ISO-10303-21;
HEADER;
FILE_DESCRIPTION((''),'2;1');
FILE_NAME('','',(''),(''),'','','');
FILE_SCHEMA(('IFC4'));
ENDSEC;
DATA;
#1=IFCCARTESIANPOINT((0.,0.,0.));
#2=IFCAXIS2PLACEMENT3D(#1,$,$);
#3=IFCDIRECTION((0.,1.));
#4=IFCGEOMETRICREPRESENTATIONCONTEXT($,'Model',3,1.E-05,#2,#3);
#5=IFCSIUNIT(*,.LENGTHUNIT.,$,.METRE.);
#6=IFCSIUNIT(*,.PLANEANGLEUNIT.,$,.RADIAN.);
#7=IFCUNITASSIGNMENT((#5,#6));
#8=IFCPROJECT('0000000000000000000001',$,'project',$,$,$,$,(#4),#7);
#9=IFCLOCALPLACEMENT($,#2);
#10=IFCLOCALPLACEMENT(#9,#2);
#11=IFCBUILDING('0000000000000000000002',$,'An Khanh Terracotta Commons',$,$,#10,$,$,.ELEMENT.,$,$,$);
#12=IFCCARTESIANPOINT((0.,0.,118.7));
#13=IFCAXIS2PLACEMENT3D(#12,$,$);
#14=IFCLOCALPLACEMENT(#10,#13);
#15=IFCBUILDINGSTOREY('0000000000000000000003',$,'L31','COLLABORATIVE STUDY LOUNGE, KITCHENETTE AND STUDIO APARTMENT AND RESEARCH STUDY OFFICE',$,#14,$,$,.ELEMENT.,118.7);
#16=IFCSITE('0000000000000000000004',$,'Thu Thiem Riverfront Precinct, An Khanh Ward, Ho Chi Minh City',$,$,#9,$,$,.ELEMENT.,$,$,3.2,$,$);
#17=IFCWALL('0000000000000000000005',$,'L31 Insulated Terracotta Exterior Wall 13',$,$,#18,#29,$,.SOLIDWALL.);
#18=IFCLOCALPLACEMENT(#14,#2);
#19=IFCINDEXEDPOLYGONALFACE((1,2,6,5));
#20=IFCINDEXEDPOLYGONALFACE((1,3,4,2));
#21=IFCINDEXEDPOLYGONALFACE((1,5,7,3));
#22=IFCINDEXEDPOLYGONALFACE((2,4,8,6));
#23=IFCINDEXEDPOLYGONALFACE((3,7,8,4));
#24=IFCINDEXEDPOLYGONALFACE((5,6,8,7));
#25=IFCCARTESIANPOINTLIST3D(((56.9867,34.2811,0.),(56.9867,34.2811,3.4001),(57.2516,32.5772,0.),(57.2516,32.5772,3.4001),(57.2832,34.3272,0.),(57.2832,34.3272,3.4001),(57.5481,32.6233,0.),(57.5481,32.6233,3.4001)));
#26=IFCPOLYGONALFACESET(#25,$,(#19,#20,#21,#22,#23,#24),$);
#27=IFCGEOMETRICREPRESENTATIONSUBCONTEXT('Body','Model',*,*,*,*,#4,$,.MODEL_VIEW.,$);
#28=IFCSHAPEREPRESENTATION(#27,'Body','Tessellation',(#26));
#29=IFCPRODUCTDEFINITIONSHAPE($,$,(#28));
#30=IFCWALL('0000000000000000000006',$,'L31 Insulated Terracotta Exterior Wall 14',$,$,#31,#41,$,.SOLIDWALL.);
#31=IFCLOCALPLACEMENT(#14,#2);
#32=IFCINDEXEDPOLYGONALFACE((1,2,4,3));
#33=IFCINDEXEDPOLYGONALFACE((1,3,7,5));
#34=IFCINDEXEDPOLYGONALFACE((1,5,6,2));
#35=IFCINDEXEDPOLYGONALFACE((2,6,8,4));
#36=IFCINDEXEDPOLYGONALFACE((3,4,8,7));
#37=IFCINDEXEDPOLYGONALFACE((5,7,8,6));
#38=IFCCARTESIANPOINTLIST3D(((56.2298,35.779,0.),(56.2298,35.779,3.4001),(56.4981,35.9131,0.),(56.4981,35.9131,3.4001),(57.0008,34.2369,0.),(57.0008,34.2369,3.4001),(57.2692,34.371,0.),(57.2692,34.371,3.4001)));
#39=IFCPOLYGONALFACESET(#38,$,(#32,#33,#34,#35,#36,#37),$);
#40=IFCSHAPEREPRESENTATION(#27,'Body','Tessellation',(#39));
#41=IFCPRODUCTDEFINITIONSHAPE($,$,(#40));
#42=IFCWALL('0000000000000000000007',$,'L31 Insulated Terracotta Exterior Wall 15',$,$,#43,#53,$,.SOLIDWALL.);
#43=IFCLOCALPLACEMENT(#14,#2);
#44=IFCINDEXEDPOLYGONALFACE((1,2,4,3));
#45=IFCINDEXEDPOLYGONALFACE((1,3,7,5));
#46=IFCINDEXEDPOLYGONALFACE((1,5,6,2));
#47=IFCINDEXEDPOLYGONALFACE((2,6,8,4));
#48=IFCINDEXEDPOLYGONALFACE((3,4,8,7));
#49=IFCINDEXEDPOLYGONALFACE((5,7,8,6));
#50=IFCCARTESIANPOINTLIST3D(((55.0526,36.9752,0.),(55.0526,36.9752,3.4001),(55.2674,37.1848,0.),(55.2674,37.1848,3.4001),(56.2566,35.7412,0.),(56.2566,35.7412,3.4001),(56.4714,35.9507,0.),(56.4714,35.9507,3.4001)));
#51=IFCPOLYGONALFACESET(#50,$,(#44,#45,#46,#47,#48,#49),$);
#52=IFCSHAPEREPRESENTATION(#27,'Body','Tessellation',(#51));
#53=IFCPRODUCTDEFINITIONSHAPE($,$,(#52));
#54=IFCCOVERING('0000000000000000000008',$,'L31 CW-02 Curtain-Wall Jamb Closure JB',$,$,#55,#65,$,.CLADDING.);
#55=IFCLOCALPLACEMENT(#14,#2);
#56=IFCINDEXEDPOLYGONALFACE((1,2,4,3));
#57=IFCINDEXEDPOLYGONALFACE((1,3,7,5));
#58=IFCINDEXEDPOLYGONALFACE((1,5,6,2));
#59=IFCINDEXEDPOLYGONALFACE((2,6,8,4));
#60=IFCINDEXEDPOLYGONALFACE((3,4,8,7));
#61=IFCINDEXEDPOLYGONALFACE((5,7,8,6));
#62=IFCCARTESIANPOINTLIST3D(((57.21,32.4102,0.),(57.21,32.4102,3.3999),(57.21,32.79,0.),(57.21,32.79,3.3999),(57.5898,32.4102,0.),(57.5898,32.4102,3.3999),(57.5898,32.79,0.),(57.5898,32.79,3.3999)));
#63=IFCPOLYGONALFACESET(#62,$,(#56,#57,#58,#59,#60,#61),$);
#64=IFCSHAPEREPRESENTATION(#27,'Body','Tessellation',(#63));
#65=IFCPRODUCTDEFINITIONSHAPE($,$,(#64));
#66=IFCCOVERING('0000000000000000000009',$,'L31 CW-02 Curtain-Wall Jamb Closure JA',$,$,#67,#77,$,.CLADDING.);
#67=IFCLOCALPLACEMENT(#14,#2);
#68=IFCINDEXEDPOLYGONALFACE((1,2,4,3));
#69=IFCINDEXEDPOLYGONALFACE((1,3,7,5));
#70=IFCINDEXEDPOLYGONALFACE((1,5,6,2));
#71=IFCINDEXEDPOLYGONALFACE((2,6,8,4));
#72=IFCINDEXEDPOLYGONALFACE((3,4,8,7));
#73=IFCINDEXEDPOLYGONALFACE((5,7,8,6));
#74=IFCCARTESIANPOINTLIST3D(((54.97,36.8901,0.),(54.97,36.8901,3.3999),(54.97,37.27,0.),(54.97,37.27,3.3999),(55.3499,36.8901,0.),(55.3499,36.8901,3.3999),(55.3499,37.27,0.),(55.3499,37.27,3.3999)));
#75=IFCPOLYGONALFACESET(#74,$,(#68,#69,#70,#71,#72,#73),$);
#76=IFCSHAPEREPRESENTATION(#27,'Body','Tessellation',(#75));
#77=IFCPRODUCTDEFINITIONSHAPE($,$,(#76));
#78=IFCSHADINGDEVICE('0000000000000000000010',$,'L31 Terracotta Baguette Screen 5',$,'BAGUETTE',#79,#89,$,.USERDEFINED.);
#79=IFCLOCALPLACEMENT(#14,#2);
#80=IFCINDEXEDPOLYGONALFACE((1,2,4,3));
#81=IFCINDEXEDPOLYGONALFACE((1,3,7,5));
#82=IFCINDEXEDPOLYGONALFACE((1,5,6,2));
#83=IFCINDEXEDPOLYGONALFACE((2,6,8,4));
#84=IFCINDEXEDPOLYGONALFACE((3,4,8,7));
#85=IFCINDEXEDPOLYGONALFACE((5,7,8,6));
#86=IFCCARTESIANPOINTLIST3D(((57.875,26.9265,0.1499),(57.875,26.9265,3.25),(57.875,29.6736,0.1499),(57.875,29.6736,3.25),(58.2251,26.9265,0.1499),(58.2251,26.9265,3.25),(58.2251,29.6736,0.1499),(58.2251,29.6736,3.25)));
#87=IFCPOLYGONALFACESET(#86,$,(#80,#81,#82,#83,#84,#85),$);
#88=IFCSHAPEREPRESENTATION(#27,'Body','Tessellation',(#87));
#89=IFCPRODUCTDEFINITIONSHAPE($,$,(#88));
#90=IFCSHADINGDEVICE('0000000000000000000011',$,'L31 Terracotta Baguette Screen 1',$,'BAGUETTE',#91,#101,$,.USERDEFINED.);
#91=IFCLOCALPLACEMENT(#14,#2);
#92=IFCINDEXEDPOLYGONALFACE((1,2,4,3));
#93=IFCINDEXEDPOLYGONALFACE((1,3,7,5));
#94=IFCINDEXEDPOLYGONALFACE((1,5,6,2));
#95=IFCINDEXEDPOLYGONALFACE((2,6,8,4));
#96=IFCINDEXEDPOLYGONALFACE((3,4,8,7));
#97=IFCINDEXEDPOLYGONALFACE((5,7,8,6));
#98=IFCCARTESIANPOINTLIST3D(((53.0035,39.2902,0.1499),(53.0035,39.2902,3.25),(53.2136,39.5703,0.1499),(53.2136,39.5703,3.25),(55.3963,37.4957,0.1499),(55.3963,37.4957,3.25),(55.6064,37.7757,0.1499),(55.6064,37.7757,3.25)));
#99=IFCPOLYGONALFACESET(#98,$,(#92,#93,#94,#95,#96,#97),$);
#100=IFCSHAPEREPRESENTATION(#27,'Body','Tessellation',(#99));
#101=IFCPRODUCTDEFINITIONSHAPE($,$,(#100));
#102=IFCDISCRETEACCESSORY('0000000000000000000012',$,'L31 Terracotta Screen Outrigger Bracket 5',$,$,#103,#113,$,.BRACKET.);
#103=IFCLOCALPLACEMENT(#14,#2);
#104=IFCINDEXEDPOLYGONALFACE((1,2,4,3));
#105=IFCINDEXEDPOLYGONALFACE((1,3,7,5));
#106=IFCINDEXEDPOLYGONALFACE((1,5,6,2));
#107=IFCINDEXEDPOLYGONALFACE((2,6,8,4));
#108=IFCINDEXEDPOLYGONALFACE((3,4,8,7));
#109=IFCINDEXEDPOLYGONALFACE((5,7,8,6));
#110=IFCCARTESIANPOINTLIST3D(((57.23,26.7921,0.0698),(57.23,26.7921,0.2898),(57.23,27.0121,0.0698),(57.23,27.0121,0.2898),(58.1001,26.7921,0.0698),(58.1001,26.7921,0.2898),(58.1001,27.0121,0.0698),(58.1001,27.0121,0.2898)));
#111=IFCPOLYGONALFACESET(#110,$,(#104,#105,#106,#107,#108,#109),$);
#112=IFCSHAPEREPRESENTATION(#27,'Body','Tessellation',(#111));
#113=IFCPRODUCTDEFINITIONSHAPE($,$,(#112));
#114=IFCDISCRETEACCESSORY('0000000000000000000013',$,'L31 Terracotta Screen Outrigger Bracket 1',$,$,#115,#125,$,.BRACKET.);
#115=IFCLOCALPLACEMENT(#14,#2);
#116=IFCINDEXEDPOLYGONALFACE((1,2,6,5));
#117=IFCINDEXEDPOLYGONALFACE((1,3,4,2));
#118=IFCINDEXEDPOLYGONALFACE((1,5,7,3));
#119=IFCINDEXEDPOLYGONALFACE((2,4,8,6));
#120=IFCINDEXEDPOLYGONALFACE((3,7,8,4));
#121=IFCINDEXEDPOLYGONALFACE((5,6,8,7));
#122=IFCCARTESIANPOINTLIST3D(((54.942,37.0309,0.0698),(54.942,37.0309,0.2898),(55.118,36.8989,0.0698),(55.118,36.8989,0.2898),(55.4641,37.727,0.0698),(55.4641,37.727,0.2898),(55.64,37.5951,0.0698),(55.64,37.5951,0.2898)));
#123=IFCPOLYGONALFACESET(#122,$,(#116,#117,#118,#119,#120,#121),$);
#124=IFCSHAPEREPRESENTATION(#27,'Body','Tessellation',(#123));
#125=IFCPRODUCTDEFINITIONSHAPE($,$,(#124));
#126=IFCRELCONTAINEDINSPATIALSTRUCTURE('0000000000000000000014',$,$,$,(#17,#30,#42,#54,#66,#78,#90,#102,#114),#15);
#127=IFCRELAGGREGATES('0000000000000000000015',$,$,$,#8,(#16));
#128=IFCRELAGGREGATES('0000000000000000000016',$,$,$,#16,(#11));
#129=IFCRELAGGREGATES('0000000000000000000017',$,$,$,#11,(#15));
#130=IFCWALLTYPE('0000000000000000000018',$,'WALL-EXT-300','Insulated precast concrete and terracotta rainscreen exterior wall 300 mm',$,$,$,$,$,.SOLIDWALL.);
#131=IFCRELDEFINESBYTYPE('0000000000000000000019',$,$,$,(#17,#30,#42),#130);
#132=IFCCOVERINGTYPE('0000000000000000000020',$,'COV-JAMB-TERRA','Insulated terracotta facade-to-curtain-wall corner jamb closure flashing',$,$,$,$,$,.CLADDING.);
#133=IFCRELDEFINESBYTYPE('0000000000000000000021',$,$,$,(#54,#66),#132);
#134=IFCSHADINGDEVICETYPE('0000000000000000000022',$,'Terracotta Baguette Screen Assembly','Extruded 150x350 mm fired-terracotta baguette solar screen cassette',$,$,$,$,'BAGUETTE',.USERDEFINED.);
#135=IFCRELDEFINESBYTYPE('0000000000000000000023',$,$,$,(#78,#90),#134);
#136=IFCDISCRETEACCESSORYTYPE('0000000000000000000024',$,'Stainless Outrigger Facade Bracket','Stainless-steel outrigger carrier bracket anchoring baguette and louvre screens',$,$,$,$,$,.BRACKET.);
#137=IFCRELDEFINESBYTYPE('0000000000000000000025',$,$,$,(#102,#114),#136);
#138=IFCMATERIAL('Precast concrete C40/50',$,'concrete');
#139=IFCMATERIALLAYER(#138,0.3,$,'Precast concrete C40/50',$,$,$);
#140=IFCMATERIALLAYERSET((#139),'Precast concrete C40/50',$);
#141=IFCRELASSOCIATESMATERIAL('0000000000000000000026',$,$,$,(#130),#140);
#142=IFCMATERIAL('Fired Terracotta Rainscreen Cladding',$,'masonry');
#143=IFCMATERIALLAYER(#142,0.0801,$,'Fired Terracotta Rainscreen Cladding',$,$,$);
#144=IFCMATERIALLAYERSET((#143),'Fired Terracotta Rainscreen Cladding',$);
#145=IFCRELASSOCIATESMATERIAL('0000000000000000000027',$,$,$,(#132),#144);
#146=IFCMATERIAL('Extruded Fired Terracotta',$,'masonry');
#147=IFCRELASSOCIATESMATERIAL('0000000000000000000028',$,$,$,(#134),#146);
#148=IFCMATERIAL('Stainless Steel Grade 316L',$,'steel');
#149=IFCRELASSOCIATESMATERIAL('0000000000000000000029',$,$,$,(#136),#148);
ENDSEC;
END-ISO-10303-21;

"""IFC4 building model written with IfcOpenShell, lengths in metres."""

from ifc_helpers import new_model, si_unit, direction, frame, frame_2d, origin, origin_2d, place, context, subcontext, project, spatial, rectangle, extrude, material, layer, layer_set, type_object, element, save


model = new_model("IFC4")

# Units and contexts
model_context = context("Model", 3, precision=1e-05, world=origin(), true_north=direction((0.0, 1.0)))
body_context = subcontext(model_context, "Body", "Model", "MODEL_VIEW")
ifc_project = project(units=[si_unit("LENGTHUNIT", "METRE"), si_unit("PLANEANGLEUNIT", "RADIAN")], contexts=[model_context])

# Site, building, storey
site_placement = place(None, origin())
site = spatial("IfcSite", under=ifc_project, at=site_placement, Name="Thu Thiem Riverfront Precinct, An Khanh Ward, Ho Chi Minh City", CompositionType="ELEMENT", RefElevation=3.2)
building_placement = place(site_placement, origin())
building = spatial("IfcBuilding", under=site, at=building_placement, Name="An Khanh Terracotta Commons", CompositionType="ELEMENT")
storey_placement = place(building_placement, frame((0.0, 0.0, 118.7)))
storey = spatial("IfcBuildingStorey", under=building, at=storey_placement, Name="L31", Description="COLLABORATIVE STUDY LOUNGE, KITCHENETTE AND STUDIO APARTMENT AND RESEARCH STUDY OFFICE", CompositionType="ELEMENT", Elevation=118.7)

# Walls
ifc_material_1 = material(Name="Precast concrete C40/50", Category="concrete")
ifc_layer_1 = layer(ifc_material_1, 0.3, Name="Precast concrete C40/50")
ifc_layer_set_1 = layer_set([ifc_layer_1], Name="Precast concrete C40/50")
wall_type = type_object("IfcWallType", Name="WALL-EXT-300", Description="Insulated precast concrete and terracotta rainscreen exterior wall 300 mm", PredefinedType="SOLIDWALL", material=ifc_layer_set_1)
wall_placement = place(storey_placement, frame((57.3999, 32.6001, 0.0), z_axis=(0.0, 0.0, 1.0), x_axis=(-0.153621, 0.98813, 0.0)))
element("IfcWall", 1, at=wall_placement, inside=storey, type_object=wall_type, Name="L31 Insulated Terracotta Exterior Wall 13", PredefinedType="SOLIDWALL", context=body_context, shape_type="SweptSolid", body=[
    extrude(rectangle(XDim=1.7244, YDim=0.3, at=frame_2d((0.8623, 0.0))), origin(), (0.0, 0.0, 1.0), 3.4001),
])
for number, where, z_axis, x_axis, name in (
    (2, (57.135, 34.304, 0.0), (0.0, 0.0, 1.0), (-0.447214, 0.894427, 0.0), "L31 Insulated Terracotta Exterior Wall 14"),
    (3, (56.364, 35.8459, 0.0), (0.0, 0.0, 1.0), (-0.698345, 0.715761, 0.0), "L31 Insulated Terracotta Exterior Wall 15"),
):
    element("IfcWall", number, at=place(storey_placement, frame(where, z_axis=z_axis, x_axis=x_axis)), inside=storey, type_object=wall_type, Name=name, PredefinedType="SOLIDWALL", context=body_context, shape_type="SweptSolid", body=[
        extrude(rectangle(XDim=1.7241, YDim=0.3, at=frame_2d((0.8621, 0.0))), origin(), (0.0, 0.0, 1.0), 3.4001),
    ])

# Coverings
ifc_material_2 = material(Name="Fired Terracotta Rainscreen Cladding", Category="masonry")
ifc_layer_2 = layer(ifc_material_2, 0.0801, Name="Fired Terracotta Rainscreen Cladding")
ifc_layer_set_2 = layer_set([ifc_layer_2], Name="Fired Terracotta Rainscreen Cladding")
covering_type = type_object("IfcCoveringType", Name="COV-JAMB-TERRA", Description="Insulated terracotta facade-to-curtain-wall corner jamb closure flashing", PredefinedType="CLADDING", material=ifc_layer_set_2)
for number, where, z_axis, x_axis, name in (
    (4, (57.3999, 32.6001, 0.0), (0.0, 0.0, 1.0), (1.0, 0.0, 0.0), "L31 CW-02 Curtain-Wall Jamb Closure JB"),
    (5, (55.1599, 37.0801, 0.0), (0.0, 0.0, 1.0), (1.0, 0.0, 0.0), "L31 CW-02 Curtain-Wall Jamb Closure JA"),
):
    element("IfcCovering", number, at=place(storey_placement, frame(where, z_axis=z_axis, x_axis=x_axis)), inside=storey, type_object=covering_type, Name=name, PredefinedType="CLADDING", context=body_context, shape_type="SweptSolid", body=[
        extrude(rectangle(XDim=0.3799, YDim=0.3799, at=origin_2d()), origin(), (0.0, 0.0, 1.0), 3.3999),
    ])

# Shading devices
ifc_material_3 = material(Name="Extruded Fired Terracotta", Category="masonry")
shading_device_type = type_object("IfcShadingDeviceType", Name="Terracotta Baguette Screen Assembly", Description="Extruded 150x350 mm fired-terracotta baguette solar screen cassette", ElementType="BAGUETTE", PredefinedType="USERDEFINED", material=ifc_material_3)
shading_device_1_placement = place(storey_placement, frame((58.05, 28.3, 0.1499), z_axis=(0.0, 0.0, 1.0), x_axis=(0.0, 1.0, 0.0)))
element("IfcShadingDevice", 6, at=shading_device_1_placement, inside=storey, type_object=shading_device_type, Name="L31 Terracotta Baguette Screen 5", ObjectType="BAGUETTE", PredefinedType="USERDEFINED", context=body_context, shape_type="SweptSolid", body=[
    extrude(rectangle(XDim=2.7471, YDim=0.3501, at=origin_2d()), origin(), (0.0, 0.0, 1.0), 3.1001),
])
shading_device_2_placement = place(storey_placement, frame((54.3049, 38.533, 0.1499), z_axis=(0.0, 0.0, 1.0), x_axis=(-0.800013, 0.599983, 0.0)))
element("IfcShadingDevice", 7, at=shading_device_2_placement, inside=storey, type_object=shading_device_type, Name="L31 Terracotta Baguette Screen 1", ObjectType="BAGUETTE", PredefinedType="USERDEFINED", context=body_context, shape_type="SweptSolid", body=[
    extrude(rectangle(XDim=2.991, YDim=0.3501, at=origin_2d()), origin(), (0.0, 0.0, 1.0), 3.1001),
])

# Discrete accessories
ifc_material_4 = material(Name="Stainless Steel Grade 316L", Category="steel")
discrete_accessory_type = type_object("IfcDiscreteAccessoryType", Name="Stainless Outrigger Facade Bracket", Description="Stainless-steel outrigger carrier bracket anchoring baguette and louvre screens", PredefinedType="BRACKET", material=ifc_material_4)
for number, where, z_axis, x_axis, name in (
    (8, (57.665, 26.9021, 0.0698), (0.0, 0.0, 1.0), (0.0, 1.0, 0.0), "L31 Terracotta Screen Outrigger Bracket 5"),
    (9, (55.291, 37.313, 0.0698), (0.0, 0.0, 1.0), (-0.800013, 0.599983, 0.0), "L31 Terracotta Screen Outrigger Bracket 1"),
):
    element("IfcDiscreteAccessory", number, at=place(storey_placement, frame(where, z_axis=z_axis, x_axis=x_axis)), inside=storey, type_object=discrete_accessory_type, Name=name, PredefinedType="BRACKET", context=body_context, shape_type="SweptSolid", body=[
        extrude(rectangle(XDim=0.22, YDim=0.8701, at=origin_2d()), origin(), (0.0, 0.0, 1.0), 0.22),
    ])

save(model, "model.ifc")
